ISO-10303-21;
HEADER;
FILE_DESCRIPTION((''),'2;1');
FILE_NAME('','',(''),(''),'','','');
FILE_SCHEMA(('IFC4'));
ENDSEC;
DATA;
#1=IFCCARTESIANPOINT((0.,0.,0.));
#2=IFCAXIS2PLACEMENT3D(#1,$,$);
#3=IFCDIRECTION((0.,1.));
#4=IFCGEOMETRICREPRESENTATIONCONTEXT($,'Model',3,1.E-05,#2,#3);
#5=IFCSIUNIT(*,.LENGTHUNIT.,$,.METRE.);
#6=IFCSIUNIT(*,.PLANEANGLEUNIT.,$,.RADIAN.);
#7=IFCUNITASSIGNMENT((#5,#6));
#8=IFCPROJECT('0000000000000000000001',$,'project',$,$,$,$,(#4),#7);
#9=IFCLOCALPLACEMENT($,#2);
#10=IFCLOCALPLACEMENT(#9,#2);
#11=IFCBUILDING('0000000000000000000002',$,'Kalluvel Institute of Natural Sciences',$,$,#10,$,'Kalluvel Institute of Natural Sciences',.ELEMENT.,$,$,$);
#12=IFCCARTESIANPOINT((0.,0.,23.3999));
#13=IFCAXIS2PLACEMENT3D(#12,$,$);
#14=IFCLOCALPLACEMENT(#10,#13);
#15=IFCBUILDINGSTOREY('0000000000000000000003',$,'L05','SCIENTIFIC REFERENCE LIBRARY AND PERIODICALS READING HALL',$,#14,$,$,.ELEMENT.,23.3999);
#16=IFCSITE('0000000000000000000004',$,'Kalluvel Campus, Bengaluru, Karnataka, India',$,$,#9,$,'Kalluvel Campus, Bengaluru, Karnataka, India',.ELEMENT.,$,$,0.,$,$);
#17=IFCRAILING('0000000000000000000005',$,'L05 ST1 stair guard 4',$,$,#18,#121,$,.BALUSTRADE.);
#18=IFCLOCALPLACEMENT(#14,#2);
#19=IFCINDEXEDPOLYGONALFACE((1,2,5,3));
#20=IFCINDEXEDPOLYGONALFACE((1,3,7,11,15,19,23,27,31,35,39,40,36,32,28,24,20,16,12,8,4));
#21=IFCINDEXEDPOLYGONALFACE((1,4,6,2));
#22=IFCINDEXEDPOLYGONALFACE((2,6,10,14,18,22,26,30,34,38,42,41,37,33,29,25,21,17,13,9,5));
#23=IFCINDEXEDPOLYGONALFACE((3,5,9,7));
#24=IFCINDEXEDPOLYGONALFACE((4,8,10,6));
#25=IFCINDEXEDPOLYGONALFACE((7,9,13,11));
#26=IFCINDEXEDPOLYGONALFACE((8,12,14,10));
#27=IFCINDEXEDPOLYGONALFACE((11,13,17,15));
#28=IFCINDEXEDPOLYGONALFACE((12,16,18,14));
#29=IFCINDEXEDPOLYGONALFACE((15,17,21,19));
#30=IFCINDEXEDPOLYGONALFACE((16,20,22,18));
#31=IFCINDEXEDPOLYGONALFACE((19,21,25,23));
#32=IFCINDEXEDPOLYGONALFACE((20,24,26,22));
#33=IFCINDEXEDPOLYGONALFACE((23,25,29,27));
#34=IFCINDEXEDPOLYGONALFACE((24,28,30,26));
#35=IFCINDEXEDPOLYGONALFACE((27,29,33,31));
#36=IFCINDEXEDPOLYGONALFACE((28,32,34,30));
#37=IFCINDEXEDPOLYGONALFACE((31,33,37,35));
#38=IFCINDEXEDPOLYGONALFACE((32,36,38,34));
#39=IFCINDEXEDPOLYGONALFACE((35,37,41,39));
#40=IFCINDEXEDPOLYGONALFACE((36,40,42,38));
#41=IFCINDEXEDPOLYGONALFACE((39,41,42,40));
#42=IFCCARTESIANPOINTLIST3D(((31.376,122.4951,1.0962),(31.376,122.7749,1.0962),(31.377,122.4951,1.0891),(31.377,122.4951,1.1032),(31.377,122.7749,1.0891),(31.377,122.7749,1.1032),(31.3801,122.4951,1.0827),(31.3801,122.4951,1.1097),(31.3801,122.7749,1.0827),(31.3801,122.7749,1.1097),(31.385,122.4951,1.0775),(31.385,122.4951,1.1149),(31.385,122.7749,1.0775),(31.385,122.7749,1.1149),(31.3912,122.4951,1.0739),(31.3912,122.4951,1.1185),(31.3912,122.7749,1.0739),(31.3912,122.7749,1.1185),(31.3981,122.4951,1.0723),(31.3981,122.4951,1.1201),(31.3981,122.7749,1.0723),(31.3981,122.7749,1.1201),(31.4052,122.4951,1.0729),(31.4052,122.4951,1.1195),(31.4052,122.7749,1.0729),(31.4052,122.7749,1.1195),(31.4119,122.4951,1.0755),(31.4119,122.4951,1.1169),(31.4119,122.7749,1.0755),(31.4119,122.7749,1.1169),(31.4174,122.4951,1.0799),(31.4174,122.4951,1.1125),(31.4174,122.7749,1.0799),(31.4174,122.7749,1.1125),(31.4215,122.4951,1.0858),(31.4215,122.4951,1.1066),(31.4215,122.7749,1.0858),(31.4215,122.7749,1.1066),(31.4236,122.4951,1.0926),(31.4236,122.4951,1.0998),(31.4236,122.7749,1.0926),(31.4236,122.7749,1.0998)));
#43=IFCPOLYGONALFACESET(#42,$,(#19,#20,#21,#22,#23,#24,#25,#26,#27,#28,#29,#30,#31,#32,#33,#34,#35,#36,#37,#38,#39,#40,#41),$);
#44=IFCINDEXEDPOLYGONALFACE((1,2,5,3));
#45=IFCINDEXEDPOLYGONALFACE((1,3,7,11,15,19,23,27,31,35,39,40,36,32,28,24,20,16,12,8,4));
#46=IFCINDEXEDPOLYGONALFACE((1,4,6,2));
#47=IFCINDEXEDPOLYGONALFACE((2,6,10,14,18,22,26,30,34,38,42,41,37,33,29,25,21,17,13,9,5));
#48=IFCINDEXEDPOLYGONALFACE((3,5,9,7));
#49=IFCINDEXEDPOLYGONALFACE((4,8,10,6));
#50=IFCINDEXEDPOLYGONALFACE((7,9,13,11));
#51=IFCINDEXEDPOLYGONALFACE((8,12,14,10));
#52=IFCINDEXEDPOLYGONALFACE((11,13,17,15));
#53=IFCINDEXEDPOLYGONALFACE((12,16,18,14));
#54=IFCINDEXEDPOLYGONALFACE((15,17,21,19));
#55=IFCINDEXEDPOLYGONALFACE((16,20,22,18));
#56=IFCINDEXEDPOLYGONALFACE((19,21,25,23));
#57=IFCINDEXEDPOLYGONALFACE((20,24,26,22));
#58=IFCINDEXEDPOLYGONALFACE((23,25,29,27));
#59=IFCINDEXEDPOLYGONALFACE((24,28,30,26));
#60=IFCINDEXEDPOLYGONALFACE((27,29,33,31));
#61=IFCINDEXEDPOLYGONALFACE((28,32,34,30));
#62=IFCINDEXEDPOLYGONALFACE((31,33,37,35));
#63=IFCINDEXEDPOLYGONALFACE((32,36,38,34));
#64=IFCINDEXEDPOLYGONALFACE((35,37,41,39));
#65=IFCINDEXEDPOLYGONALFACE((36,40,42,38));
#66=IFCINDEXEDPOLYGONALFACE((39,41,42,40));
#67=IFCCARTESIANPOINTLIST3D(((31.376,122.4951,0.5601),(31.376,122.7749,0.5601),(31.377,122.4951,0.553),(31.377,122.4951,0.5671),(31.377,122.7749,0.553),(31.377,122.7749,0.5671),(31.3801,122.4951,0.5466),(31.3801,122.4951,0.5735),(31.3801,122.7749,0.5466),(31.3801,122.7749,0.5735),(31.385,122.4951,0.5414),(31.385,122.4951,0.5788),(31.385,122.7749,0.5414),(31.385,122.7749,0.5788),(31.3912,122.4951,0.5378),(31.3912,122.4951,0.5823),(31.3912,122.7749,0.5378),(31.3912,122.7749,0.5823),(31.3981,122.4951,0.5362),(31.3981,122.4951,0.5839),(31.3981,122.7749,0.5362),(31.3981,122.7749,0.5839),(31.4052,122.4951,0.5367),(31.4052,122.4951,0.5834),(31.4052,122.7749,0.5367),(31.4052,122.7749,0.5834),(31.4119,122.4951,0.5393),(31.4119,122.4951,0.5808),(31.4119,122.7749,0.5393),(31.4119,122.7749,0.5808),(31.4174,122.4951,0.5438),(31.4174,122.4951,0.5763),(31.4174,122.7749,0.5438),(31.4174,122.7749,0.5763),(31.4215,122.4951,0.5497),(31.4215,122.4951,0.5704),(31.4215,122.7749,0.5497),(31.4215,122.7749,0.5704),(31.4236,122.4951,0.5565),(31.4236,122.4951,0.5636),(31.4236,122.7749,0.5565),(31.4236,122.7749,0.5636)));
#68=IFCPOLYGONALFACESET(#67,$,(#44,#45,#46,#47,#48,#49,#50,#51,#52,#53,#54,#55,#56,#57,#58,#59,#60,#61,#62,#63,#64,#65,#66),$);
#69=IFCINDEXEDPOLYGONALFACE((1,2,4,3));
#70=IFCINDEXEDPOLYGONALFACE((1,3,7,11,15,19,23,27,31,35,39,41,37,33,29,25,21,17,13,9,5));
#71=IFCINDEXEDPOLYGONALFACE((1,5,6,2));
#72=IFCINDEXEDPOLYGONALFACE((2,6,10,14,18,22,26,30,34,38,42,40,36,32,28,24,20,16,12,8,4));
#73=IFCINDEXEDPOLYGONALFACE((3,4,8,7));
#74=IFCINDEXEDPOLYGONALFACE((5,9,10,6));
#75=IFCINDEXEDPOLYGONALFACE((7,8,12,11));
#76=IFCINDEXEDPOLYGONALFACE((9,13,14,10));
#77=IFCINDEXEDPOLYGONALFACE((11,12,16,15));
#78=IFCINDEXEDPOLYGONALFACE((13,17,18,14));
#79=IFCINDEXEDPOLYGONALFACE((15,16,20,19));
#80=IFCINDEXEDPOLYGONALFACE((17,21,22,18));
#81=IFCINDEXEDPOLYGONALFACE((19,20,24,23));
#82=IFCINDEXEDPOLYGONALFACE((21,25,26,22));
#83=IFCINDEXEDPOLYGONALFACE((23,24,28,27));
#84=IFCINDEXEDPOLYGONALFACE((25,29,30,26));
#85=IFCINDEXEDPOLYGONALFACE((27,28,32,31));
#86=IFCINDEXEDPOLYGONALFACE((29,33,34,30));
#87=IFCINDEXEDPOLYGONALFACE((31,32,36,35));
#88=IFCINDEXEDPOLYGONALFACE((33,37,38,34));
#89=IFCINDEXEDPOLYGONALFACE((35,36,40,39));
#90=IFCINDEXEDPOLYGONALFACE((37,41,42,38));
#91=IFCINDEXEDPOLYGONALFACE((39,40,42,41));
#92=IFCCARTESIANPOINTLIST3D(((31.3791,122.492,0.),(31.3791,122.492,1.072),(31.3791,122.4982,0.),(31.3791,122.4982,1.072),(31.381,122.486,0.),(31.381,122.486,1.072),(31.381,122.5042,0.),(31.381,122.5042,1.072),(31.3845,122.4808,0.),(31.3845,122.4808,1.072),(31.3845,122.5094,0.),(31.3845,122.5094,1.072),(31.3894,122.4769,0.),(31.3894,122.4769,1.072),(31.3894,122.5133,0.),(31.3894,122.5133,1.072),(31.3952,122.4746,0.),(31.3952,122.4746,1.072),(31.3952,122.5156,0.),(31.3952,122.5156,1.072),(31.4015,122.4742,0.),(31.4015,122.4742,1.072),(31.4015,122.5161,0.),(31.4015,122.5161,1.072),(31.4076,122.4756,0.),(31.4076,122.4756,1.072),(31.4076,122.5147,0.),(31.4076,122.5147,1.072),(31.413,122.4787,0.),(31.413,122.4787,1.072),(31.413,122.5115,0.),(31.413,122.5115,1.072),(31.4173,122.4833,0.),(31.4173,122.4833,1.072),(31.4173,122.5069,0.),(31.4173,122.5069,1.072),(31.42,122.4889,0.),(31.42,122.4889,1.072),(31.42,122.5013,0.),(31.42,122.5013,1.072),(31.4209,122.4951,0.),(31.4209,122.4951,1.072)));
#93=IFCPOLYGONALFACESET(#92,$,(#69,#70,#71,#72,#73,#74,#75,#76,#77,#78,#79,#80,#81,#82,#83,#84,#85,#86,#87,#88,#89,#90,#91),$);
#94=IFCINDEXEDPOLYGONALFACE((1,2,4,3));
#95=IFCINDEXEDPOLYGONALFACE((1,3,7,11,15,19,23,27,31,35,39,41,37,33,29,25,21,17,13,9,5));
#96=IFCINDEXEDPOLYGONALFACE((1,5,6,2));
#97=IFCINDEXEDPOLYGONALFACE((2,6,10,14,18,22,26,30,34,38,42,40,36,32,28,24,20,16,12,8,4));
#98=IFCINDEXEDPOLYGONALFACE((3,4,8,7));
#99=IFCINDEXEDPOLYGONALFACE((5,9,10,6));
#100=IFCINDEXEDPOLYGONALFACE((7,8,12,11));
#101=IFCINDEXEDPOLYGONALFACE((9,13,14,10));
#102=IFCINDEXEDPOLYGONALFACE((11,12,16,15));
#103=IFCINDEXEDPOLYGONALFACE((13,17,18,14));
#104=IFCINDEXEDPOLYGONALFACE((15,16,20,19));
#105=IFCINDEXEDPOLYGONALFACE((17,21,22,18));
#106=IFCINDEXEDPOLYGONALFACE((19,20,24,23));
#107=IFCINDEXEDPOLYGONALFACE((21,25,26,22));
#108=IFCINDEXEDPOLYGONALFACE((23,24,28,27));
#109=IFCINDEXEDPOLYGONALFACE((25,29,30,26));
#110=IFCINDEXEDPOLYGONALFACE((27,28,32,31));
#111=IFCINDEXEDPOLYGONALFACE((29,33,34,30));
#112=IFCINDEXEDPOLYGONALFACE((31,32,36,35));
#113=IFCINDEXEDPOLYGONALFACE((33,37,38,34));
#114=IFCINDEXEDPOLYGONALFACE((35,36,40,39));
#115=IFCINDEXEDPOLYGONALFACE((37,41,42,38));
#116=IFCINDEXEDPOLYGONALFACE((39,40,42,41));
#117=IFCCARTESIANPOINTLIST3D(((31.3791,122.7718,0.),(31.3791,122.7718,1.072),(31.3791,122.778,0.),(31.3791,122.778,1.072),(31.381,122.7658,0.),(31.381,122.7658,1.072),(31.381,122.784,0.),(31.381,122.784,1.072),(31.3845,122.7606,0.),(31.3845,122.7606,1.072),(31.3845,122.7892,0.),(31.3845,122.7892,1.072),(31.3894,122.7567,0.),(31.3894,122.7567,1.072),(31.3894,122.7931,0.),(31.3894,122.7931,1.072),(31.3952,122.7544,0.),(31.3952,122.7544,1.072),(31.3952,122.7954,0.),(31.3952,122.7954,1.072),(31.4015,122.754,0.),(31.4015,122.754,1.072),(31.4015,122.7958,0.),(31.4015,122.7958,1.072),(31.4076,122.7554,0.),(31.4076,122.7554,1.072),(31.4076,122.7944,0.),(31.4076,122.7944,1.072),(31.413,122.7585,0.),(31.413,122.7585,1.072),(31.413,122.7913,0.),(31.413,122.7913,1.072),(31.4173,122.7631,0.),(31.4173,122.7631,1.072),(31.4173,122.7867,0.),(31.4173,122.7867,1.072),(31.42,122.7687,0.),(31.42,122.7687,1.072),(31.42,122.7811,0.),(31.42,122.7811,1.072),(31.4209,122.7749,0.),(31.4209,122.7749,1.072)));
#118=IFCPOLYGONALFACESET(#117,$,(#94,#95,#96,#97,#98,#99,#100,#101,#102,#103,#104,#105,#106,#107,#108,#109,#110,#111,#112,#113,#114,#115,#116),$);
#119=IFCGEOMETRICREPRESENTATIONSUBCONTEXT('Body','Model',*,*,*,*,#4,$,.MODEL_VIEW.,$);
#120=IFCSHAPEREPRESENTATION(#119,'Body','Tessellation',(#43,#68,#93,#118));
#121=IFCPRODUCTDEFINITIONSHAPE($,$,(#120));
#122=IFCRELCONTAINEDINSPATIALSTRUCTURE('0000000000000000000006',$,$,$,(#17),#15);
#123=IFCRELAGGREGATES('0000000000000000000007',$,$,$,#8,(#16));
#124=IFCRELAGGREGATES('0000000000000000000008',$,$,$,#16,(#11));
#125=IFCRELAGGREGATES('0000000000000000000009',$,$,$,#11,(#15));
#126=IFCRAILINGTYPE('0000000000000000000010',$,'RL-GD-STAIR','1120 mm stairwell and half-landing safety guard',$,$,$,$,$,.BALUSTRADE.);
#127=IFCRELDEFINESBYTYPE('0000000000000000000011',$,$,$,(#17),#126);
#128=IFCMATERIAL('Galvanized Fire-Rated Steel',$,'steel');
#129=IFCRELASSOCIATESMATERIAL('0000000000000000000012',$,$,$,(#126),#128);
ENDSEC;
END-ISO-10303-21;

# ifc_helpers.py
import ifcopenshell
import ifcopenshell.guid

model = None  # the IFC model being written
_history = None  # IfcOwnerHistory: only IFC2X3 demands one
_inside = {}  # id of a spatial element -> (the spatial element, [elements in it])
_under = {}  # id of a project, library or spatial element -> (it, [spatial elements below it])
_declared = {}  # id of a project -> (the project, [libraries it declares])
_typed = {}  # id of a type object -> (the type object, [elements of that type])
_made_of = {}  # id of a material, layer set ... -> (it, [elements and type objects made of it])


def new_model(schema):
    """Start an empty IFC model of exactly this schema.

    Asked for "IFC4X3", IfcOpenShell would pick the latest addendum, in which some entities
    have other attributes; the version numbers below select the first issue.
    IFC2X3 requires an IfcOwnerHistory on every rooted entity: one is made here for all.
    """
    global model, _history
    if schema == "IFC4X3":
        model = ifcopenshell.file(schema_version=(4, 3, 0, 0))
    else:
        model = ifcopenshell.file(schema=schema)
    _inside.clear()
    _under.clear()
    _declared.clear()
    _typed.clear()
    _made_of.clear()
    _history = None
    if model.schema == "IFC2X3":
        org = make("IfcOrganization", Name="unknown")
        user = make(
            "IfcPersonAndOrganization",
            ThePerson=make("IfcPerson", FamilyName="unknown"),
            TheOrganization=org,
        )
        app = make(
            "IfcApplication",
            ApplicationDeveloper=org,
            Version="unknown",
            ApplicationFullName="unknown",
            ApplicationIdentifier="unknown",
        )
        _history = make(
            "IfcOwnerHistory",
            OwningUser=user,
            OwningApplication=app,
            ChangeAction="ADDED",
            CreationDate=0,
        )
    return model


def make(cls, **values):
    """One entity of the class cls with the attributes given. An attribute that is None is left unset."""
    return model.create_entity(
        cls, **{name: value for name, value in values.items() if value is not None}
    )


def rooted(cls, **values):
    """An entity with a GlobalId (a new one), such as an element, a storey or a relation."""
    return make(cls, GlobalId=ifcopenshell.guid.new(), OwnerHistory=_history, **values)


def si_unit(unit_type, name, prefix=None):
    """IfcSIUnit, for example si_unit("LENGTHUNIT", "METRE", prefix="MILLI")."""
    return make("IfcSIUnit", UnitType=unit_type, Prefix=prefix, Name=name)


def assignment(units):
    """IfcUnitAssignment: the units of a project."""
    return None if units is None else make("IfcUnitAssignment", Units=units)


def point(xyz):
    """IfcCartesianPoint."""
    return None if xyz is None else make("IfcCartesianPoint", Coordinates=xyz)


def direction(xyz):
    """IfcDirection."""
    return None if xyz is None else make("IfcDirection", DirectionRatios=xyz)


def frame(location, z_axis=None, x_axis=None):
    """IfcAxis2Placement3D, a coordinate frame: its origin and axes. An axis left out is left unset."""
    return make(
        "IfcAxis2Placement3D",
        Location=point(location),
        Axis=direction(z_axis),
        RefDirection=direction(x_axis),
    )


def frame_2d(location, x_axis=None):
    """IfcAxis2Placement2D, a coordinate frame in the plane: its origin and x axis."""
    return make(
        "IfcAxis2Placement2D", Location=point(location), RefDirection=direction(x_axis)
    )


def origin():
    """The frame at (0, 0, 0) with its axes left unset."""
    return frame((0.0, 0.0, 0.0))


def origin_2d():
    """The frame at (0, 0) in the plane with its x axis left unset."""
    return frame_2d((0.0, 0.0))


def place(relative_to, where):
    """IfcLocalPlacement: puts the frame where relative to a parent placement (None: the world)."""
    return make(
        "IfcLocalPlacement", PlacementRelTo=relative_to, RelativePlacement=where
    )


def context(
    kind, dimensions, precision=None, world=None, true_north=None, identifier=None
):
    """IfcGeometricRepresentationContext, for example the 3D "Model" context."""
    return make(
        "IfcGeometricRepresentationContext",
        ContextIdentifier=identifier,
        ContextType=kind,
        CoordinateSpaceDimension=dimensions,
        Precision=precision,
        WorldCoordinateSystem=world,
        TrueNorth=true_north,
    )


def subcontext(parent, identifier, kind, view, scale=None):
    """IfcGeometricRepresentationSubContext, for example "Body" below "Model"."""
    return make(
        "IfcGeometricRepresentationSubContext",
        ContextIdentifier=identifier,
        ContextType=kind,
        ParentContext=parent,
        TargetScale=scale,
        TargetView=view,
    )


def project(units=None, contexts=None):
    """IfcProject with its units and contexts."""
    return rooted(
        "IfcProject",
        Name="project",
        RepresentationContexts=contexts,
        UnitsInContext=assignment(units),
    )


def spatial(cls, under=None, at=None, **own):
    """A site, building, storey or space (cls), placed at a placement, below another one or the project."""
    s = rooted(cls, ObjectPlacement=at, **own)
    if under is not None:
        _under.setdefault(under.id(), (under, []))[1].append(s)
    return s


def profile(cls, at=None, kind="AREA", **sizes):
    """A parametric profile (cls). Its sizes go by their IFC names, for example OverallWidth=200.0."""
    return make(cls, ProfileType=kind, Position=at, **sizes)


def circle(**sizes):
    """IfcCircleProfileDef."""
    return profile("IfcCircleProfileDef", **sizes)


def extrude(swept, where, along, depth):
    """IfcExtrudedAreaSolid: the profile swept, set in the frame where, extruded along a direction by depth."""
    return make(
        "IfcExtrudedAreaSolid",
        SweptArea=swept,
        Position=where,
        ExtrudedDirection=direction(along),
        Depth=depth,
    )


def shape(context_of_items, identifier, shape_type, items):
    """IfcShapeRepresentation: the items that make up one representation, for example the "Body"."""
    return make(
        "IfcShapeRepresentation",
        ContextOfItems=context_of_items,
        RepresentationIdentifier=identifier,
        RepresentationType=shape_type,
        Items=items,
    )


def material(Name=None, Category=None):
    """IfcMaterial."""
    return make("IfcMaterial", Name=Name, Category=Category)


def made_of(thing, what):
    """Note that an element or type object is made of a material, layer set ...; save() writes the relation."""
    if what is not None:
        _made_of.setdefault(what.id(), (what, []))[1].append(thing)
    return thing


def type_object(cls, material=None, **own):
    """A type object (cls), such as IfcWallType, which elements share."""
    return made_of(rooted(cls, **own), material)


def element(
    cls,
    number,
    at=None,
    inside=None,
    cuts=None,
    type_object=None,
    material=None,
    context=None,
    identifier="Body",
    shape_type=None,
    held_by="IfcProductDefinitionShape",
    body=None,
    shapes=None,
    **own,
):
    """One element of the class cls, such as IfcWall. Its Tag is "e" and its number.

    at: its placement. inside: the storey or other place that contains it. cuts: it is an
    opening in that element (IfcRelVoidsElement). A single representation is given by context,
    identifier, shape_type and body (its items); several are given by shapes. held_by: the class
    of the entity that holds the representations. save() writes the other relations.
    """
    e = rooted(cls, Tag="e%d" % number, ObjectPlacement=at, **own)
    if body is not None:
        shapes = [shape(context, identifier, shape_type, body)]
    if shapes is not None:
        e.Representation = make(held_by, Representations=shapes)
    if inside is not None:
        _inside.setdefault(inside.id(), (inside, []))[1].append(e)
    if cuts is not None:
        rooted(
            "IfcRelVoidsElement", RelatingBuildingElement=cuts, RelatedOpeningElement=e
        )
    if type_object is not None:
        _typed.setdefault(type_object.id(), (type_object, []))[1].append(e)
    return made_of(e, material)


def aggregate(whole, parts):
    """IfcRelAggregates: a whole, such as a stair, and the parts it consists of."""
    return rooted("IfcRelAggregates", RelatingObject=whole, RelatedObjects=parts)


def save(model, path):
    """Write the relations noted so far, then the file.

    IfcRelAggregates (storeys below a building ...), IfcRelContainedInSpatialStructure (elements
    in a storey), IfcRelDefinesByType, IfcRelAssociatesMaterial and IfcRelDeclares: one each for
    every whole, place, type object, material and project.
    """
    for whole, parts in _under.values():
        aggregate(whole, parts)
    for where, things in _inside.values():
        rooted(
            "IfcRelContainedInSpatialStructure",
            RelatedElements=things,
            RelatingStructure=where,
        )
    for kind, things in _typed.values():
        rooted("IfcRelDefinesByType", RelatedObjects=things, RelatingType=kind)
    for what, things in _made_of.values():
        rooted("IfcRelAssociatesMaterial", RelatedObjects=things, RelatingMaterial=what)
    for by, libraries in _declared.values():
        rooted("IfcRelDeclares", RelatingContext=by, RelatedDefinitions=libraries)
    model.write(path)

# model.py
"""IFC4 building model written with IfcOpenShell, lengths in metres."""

from ifc_helpers import new_model, si_unit, direction, frame, origin, origin_2d, place, context, subcontext, project, spatial, circle, extrude, material, type_object, element, save


model = new_model("IFC4")

# Units and contexts
model_context = context("Model", 3, precision=1e-05, world=origin(), true_north=direction((0.0, 1.0)))
body_context = subcontext(model_context, "Body", "Model", "MODEL_VIEW")
ifc_project = project(units=[si_unit("LENGTHUNIT", "METRE"), si_unit("PLANEANGLEUNIT", "RADIAN")], contexts=[model_context])

# Site, building, storey
site_placement = place(None, origin())
site = spatial("IfcSite", under=ifc_project, at=site_placement, Name="Kalluvel Campus, Bengaluru, Karnataka, India", LongName="Kalluvel Campus, Bengaluru, Karnataka, India", CompositionType="ELEMENT", RefElevation=0.0)
building_placement = place(site_placement, origin())
building = spatial("IfcBuilding", under=site, at=building_placement, Name="Kalluvel Institute of Natural Sciences", LongName="Kalluvel Institute of Natural Sciences", CompositionType="ELEMENT")
storey_placement = place(building_placement, frame((0.0, 0.0, 23.3999)))
storey = spatial("IfcBuildingStorey", under=building, at=storey_placement, Name="L05", Description="SCIENTIFIC REFERENCE LIBRARY AND PERIODICALS READING HALL", CompositionType="ELEMENT", Elevation=23.3999)

# Railing
ifc_material_1 = material(Name="Galvanized Fire-Rated Steel", Category="steel")
railing_type_1 = type_object("IfcRailingType", Name="RL-GD-STAIR", Description="1120 mm stairwell and half-landing safety guard", PredefinedType="BALUSTRADE", material=ifc_material_1)
railing_1_placement = place(storey_placement, frame((31.3999, 122.4951, 0.0)))
element("IfcRailing", 1, at=railing_1_placement, inside=storey, type_object=railing_type_1, Name="L05 ST1 stair guard 4", PredefinedType="BALUSTRADE", context=body_context, shape_type="SweptSolid", body=[
    extrude(circle(Radius=0.0239, at=origin_2d()), frame((0.0, 0.0, 1.0962), z_axis=(0.0, 1.0, 0.0), x_axis=(-1.0, 0.0, 0.0)), (0.0, 0.0, 1.0), 0.2798),
    extrude(circle(Radius=0.0239, at=origin_2d()), frame((0.0, 0.0, 0.5601), z_axis=(0.0, 1.0, 0.0), x_axis=(-1.0, 0.0, 0.0)), (0.0, 0.0, 1.0), 0.2798),
    extrude(circle(Radius=0.021, at=origin_2d()), origin(), (0.0, 0.0, 1.0), 1.072),
    extrude(circle(Radius=0.021, at=origin_2d()), frame((0.0, 0.2798, 0.0)), (0.0, 0.0, 1.0), 1.072),
])

save(model, "model.ifc")
